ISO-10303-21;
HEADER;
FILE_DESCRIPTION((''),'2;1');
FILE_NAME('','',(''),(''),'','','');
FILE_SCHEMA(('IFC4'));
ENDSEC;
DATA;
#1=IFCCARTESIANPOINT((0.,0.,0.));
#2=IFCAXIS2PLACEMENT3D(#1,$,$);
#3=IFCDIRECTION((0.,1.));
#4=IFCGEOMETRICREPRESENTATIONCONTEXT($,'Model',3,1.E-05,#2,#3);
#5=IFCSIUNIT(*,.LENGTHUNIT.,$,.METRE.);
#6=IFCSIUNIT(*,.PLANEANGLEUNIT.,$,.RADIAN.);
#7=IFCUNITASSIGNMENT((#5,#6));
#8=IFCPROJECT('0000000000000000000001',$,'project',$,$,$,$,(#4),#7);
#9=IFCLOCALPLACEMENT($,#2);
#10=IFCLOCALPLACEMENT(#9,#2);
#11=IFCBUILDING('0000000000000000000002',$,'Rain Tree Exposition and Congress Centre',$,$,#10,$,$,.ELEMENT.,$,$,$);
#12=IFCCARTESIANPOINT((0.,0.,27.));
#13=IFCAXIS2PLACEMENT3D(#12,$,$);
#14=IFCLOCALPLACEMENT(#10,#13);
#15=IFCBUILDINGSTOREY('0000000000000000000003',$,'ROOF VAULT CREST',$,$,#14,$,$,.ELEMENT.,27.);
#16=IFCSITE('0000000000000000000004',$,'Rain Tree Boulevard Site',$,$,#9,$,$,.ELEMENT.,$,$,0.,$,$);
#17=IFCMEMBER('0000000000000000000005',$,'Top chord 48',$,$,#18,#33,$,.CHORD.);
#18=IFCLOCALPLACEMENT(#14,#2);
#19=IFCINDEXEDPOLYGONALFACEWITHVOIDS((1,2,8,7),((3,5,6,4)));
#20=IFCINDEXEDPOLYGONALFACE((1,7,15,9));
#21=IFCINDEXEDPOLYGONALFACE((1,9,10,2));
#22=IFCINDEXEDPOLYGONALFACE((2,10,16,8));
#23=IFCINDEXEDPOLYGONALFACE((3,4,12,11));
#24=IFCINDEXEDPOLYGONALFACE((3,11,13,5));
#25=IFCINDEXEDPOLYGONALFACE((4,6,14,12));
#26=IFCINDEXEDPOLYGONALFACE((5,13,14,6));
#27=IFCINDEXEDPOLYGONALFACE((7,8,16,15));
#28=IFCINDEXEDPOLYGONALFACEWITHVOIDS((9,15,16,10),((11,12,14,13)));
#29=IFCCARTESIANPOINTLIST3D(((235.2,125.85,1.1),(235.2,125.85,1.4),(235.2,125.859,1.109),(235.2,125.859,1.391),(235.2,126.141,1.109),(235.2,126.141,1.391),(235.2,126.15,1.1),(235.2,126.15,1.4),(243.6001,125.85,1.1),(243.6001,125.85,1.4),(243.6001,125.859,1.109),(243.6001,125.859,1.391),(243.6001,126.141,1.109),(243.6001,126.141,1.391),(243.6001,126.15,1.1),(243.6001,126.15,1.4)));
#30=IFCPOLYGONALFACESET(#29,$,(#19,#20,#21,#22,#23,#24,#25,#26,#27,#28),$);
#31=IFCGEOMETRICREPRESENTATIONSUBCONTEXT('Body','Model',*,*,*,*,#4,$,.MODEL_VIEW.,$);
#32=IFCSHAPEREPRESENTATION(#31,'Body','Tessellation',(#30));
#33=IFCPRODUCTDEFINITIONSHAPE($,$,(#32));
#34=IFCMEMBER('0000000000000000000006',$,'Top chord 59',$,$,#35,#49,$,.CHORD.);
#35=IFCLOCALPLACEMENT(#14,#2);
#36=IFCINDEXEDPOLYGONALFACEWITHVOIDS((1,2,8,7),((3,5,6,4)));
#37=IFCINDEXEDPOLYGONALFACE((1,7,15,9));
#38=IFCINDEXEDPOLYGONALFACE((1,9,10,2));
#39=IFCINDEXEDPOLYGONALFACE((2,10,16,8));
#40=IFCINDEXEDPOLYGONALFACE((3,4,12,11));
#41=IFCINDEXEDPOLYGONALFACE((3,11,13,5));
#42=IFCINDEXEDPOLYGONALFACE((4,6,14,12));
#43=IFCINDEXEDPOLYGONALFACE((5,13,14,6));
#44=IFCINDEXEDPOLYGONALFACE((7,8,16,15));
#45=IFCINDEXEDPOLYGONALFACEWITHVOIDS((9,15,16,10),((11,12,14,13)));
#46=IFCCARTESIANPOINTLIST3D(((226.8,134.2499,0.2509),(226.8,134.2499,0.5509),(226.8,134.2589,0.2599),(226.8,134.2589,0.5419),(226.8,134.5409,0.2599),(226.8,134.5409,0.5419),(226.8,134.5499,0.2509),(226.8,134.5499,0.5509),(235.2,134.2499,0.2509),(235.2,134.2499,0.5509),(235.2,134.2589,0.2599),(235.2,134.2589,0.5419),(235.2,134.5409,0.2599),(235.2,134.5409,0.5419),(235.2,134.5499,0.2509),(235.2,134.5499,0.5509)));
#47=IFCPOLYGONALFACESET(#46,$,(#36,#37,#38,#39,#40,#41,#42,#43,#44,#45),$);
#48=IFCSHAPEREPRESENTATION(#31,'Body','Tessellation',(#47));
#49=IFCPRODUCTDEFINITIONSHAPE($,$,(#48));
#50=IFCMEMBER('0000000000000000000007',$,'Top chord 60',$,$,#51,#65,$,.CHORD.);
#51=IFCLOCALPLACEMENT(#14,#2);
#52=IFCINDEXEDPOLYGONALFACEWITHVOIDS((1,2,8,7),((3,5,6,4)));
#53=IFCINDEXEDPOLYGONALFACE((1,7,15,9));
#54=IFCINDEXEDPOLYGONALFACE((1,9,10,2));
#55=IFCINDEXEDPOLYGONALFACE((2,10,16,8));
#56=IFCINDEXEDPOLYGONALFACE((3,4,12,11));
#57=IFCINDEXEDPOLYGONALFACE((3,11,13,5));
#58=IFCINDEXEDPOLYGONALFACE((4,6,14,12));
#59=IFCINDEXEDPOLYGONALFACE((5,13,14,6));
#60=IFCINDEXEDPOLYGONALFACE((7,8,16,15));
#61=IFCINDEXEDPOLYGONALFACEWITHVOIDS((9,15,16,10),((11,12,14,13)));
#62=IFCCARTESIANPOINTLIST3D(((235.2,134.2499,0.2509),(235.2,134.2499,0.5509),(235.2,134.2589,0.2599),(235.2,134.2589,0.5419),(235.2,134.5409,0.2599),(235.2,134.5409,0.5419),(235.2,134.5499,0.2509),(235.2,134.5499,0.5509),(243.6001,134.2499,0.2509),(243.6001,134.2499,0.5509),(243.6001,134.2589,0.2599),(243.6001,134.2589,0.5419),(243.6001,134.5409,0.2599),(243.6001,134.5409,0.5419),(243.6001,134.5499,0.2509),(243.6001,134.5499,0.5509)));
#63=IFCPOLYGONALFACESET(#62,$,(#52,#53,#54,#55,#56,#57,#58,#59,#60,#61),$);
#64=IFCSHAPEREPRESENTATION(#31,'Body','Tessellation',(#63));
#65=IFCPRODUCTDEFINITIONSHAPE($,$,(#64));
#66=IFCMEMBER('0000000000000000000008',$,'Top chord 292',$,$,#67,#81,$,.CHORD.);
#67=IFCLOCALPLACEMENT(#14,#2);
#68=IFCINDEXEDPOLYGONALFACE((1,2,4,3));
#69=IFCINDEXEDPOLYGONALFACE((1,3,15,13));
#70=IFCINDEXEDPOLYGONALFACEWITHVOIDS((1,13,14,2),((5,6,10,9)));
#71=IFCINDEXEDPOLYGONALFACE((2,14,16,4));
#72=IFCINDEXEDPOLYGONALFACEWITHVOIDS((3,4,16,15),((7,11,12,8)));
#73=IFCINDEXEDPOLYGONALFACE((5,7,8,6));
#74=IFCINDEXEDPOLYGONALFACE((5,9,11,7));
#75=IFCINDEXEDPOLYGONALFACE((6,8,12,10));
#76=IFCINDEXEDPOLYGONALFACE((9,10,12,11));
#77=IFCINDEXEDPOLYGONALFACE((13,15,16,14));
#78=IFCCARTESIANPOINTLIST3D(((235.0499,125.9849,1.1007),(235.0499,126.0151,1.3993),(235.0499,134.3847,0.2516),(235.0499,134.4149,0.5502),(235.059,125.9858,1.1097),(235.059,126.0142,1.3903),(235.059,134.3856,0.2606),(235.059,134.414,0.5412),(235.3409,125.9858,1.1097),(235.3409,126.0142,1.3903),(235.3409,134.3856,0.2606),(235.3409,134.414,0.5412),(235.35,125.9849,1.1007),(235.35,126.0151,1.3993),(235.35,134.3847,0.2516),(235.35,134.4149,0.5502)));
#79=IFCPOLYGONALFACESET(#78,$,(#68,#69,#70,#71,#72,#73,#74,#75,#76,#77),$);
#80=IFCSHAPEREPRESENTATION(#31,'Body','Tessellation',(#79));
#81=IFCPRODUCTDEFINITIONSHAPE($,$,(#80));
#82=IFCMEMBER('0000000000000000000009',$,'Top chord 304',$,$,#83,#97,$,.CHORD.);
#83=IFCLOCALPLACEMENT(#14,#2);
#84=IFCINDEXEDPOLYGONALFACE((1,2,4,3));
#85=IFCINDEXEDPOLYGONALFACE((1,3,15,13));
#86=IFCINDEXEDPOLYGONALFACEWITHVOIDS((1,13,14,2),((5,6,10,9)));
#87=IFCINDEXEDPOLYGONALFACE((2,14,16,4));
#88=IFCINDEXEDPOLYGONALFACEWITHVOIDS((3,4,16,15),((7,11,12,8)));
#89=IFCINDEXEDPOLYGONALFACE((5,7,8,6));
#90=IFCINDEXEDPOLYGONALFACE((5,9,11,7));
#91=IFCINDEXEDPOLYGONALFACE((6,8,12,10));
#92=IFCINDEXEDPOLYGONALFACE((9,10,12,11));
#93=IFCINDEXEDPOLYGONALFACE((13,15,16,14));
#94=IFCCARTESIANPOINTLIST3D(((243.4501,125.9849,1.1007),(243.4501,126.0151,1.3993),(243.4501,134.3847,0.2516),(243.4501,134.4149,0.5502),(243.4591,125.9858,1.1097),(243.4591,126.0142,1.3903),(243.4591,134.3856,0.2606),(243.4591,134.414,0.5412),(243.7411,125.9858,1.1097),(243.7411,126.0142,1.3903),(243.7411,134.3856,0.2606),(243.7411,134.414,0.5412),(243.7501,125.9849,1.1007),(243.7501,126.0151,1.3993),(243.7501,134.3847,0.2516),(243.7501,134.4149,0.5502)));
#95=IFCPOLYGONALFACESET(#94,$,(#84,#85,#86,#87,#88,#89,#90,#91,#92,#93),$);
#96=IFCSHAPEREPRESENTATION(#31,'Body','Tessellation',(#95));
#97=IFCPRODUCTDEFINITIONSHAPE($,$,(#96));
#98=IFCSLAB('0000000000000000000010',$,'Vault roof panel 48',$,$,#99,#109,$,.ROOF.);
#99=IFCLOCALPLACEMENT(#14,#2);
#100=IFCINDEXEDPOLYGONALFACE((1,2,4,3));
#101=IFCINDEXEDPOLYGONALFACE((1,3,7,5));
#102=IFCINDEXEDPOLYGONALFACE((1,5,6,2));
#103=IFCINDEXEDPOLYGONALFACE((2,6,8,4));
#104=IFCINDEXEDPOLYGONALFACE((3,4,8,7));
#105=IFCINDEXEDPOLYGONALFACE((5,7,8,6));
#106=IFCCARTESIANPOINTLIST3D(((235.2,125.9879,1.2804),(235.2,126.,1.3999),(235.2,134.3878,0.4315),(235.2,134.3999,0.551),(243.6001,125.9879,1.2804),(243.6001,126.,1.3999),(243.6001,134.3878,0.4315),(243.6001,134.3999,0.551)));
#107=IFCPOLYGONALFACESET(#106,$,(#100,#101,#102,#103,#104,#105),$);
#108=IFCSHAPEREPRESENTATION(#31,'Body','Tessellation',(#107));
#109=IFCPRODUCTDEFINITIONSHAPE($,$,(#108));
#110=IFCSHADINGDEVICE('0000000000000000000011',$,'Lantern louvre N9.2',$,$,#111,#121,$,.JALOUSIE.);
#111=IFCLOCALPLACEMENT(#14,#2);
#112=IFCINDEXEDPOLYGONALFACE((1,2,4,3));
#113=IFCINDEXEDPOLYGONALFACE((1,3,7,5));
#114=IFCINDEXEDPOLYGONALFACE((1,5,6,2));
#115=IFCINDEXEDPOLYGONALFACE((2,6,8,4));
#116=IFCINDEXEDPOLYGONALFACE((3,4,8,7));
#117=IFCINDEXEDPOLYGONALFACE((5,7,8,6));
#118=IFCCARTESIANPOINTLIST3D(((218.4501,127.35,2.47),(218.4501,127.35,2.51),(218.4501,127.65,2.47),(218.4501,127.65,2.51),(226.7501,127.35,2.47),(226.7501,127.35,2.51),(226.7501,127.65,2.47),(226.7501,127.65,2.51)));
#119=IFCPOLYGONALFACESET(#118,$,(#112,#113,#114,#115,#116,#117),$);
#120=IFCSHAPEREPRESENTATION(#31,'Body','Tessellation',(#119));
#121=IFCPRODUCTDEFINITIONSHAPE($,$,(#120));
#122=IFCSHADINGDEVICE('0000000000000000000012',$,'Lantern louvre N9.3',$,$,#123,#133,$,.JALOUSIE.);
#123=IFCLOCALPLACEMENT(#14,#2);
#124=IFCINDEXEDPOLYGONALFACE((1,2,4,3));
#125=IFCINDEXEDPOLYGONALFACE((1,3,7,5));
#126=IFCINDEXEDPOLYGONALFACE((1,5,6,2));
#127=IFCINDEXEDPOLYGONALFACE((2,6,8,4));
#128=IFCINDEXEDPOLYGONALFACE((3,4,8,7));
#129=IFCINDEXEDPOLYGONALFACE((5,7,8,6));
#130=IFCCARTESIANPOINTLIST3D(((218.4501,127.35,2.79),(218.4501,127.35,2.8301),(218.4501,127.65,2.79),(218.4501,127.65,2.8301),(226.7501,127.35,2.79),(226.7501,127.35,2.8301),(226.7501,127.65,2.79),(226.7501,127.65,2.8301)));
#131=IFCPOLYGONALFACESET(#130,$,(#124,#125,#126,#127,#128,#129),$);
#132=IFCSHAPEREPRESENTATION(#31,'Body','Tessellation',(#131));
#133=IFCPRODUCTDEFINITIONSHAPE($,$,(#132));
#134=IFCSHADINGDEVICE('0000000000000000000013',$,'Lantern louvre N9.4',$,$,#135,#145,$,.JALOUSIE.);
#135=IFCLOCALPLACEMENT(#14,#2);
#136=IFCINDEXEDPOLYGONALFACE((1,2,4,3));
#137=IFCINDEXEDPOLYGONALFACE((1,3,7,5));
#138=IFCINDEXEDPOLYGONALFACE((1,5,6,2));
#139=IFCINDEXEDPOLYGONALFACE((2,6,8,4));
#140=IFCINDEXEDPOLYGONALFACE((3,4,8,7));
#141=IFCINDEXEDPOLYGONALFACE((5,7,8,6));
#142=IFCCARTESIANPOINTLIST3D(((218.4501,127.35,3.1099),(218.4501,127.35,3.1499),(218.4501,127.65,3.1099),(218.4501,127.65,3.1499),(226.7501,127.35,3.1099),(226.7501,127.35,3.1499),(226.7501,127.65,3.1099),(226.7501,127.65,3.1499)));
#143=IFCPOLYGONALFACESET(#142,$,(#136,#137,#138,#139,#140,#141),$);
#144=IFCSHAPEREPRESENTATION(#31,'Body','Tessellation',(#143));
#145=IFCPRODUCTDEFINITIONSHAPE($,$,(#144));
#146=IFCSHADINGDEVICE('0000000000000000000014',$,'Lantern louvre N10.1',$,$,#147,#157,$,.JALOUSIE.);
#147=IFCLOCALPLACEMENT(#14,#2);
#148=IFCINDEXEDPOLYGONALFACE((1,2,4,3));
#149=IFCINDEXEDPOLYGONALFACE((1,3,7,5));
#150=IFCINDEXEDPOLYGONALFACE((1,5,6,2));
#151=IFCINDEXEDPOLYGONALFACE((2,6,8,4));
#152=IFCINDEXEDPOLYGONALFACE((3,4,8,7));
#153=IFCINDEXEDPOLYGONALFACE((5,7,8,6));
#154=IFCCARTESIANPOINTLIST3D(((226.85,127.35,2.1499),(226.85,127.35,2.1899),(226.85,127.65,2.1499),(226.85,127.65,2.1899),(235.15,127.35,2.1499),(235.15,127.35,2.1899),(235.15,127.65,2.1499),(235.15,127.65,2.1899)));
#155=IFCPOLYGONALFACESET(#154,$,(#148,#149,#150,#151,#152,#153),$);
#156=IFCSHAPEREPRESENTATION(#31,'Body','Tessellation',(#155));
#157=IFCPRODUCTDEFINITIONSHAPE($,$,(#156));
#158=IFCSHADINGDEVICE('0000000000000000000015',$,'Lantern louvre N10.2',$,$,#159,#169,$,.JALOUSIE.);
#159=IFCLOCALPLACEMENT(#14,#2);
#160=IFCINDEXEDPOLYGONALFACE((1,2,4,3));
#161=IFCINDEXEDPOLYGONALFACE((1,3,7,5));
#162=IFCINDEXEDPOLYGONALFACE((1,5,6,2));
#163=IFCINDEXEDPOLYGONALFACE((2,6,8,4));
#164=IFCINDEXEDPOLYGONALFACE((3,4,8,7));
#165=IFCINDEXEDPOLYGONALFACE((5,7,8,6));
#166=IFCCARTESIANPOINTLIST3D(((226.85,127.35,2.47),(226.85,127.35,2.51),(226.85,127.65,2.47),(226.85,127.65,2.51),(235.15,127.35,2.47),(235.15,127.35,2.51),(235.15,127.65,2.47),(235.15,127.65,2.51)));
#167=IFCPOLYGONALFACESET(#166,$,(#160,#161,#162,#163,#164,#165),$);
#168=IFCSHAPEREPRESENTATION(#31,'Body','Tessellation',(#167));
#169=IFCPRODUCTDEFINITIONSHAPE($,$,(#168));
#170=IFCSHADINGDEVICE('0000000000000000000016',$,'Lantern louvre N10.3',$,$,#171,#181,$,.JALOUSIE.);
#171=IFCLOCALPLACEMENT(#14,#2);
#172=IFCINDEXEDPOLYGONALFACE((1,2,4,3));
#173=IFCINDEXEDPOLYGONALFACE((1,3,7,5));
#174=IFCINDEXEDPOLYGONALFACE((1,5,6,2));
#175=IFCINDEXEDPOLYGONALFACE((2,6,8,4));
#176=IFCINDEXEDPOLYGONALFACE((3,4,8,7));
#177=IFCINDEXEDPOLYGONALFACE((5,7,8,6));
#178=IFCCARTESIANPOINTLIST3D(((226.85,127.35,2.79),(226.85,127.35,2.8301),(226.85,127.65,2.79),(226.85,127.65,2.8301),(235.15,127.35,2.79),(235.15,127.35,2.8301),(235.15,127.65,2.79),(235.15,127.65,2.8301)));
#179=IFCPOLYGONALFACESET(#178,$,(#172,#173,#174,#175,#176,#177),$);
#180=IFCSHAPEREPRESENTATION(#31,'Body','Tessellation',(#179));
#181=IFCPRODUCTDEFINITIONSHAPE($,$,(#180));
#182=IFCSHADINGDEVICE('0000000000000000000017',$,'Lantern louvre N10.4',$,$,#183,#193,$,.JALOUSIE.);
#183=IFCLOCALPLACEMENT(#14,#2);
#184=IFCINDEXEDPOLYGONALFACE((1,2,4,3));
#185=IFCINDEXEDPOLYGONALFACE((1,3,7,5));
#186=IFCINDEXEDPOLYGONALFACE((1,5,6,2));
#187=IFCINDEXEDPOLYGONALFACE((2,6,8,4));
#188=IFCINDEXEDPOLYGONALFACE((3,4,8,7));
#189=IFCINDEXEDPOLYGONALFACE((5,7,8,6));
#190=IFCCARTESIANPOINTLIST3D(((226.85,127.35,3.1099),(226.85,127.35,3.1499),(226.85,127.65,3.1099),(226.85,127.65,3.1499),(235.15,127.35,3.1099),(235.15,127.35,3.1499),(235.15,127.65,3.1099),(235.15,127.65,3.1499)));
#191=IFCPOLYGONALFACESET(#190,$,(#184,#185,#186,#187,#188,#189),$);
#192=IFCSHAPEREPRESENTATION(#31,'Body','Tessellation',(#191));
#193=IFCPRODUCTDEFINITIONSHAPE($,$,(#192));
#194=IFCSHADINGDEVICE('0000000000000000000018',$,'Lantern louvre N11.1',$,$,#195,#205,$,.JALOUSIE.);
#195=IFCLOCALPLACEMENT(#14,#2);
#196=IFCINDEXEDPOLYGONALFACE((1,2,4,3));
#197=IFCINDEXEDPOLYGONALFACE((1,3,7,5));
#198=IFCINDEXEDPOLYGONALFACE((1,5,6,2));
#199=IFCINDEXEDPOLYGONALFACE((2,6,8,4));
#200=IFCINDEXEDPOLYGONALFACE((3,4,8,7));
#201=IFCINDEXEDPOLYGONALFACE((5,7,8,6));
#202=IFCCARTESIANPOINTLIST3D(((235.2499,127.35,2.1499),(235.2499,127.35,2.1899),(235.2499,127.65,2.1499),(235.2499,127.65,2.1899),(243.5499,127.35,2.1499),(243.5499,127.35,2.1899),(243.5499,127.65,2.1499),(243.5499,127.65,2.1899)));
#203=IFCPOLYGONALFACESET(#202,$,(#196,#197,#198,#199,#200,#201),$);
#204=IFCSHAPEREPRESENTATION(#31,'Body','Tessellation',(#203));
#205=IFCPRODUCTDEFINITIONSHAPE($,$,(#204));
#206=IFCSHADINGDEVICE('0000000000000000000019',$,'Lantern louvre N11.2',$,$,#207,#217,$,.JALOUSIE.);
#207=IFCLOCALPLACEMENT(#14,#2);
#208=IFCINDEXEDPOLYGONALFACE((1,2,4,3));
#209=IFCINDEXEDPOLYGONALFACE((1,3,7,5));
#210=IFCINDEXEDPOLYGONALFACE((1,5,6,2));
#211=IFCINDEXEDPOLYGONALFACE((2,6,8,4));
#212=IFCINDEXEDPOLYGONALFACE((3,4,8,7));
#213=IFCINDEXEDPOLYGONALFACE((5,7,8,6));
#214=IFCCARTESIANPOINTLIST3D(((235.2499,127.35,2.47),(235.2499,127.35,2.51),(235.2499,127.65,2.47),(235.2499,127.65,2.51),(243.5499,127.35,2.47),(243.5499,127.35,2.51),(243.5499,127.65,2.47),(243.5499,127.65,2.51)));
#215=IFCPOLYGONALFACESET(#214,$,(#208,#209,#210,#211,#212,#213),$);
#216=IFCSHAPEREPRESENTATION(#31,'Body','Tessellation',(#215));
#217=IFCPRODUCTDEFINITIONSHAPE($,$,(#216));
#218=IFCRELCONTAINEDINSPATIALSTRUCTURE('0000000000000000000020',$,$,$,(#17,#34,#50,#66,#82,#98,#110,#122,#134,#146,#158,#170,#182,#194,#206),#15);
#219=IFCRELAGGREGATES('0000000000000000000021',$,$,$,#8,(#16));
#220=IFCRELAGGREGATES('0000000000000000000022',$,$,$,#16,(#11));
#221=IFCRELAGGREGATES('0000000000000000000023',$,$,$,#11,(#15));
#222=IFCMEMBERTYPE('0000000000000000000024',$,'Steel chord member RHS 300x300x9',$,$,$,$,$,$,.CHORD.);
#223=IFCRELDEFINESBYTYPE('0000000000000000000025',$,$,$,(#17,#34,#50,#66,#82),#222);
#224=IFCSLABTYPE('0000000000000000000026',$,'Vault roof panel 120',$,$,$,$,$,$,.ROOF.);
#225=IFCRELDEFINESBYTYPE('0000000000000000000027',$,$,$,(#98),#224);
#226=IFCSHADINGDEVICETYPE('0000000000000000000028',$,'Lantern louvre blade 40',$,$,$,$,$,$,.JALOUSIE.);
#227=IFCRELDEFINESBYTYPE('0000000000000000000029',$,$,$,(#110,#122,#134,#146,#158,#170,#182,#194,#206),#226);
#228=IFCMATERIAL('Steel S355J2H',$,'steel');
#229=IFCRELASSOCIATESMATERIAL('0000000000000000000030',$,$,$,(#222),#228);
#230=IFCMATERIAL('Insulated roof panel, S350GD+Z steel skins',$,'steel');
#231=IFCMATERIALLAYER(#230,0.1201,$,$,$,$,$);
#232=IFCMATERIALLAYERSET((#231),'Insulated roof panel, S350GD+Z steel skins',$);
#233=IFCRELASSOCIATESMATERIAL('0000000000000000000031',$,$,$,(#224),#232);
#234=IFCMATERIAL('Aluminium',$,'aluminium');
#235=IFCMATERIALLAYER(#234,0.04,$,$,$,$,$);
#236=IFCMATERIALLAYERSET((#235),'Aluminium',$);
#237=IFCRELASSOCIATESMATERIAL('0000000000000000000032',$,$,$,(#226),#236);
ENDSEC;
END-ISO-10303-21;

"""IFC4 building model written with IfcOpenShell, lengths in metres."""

from ifc_helpers import new_model, si_unit, direction, frame, origin, origin_2d, place, context, subcontext, project, spatial, polyline, rectangle, hollow_rectangle, outline, extrude, material, layer, layer_set, material_profile, profile_set, type_object, element, save


model = new_model("IFC4")

# Units and contexts
model_context = context("Model", 3, precision=1e-05, world=origin(), true_north=direction((0.0, 1.0)))
body_context = subcontext(model_context, "Body", "Model", "MODEL_VIEW")
ifc_project = project(units=[si_unit("LENGTHUNIT", "METRE"), si_unit("PLANEANGLEUNIT", "RADIAN")], contexts=[model_context])

# Site, building, storey
site_placement = place(None, origin())
site = spatial("IfcSite", under=ifc_project, at=site_placement, Name="Rain Tree Boulevard Site", CompositionType="ELEMENT", RefElevation=0.0)
building_placement = place(site_placement, origin())
building = spatial("IfcBuilding", under=site, at=building_placement, Name="Rain Tree Exposition and Congress Centre", CompositionType="ELEMENT")
storey_placement = place(building_placement, frame((0.0, 0.0, 27.0)))
storey = spatial("IfcBuildingStorey", under=building, at=storey_placement, Name="ROOF VAULT CREST", CompositionType="ELEMENT", Elevation=27.0)

# Members
ifc_material_1 = material(Name="Steel S355J2H", Category="steel")
ifc_material_profile_1 = material_profile(ifc_material_1, hollow_rectangle(XDim=0.3, YDim=0.3, WallThickness=0.009, at=origin_2d()), Name="RHS 300x300x9")
ifc_profile_set_1 = profile_set([ifc_material_profile_1], Name="Steel S355J2H")
member_type = type_object("IfcMemberType", Name="Steel chord member RHS 300x300x9", PredefinedType="CHORD", material=ifc_profile_set_1)
member_1_placement = place(storey_placement, frame((235.2, 126.0, 1.25), z_axis=(1.0, 0.0, 0.0), x_axis=(0.0, 1.0, 0.0)))
element("IfcMember", 1, at=member_1_placement, inside=storey, type_object=member_type, Name="Top chord 48", PredefinedType="CHORD", context=body_context, shape_type="SweptSolid", body=[
    extrude(hollow_rectangle(XDim=0.3, YDim=0.3, WallThickness=0.009, at=origin_2d()), origin(), (0.0, 0.0, 1.0), 8.4001),
])
member_2_placement = place(storey_placement, frame((226.8, 134.3999, 0.4009), z_axis=(1.0, 0.0, 0.0), x_axis=(0.0, 1.0, 0.0)))
element("IfcMember", 2, at=member_2_placement, inside=storey, type_object=member_type, Name="Top chord 59", PredefinedType="CHORD", context=body_context, shape_type="SweptSolid", body=[
    extrude(hollow_rectangle(XDim=0.3, YDim=0.3, WallThickness=0.009, at=origin_2d()), origin(), (0.0, 0.0, 1.0), 8.3999),
])
member_3_placement = place(storey_placement, frame((235.2, 134.3999, 0.4009), z_axis=(1.0, 0.0, 0.0), x_axis=(0.0, 1.0, 0.0)))
element("IfcMember", 3, at=member_3_placement, inside=storey, type_object=member_type, Name="Top chord 60", PredefinedType="CHORD", context=body_context, shape_type="SweptSolid", body=[
    extrude(hollow_rectangle(XDim=0.3, YDim=0.3, WallThickness=0.009, at=origin_2d()), origin(), (0.0, 0.0, 1.0), 8.4001),
])
for number, where, z_axis, x_axis, name in (
    (4, (235.2, 126.0, 1.25), (0.0, 0.99493, -0.100574), (-1.0, 0.0, 0.0), "Top chord 292"),
    (5, (243.6001, 126.0, 1.25), (0.0, 0.99493, -0.100574), (-1.0, 0.0, 0.0), "Top chord 304"),
):
    element("IfcMember", number, at=place(storey_placement, frame(where, z_axis=z_axis, x_axis=x_axis)), inside=storey, type_object=member_type, Name=name, PredefinedType="CHORD", context=body_context, shape_type="SweptSolid", body=[
        extrude(hollow_rectangle(XDim=0.3, YDim=0.3, WallThickness=0.009, at=origin_2d()), origin(), (0.0, 0.0, 1.0), 8.4426),
    ])

# Slab
ifc_material_2 = material(Name="Insulated roof panel, S350GD+Z steel skins", Category="steel")
ifc_layer_1 = layer(ifc_material_2, 0.1201)
ifc_layer_set_1 = layer_set([ifc_layer_1], Name="Insulated roof panel, S350GD+Z steel skins")
slab_type = type_object("IfcSlabType", Name="Vault roof panel 120", PredefinedType="ROOF", material=ifc_layer_set_1)
slab_placement = place(storey_placement, frame((235.2, 126.0, 1.3999), z_axis=(0.0, 0.100546, 0.994932), x_axis=(1.0, 0.0, 0.0)))
element("IfcSlab", 6, at=slab_placement, inside=storey, type_object=slab_type, Name="Vault roof panel 48", PredefinedType="ROOF", context=body_context, shape_type="SweptSolid", body=[
    extrude(outline(polyline([(0.0, 0.0), (8.4001, 0.0), (8.4001, 8.4427), (0.0, 8.4427), (0.0, 0.0)])), origin(), (0.0, 0.0, -1.0), 0.1201),
])

# Shading devices
ifc_material_3 = material(Name="Aluminium", Category="aluminium")
ifc_layer_2 = layer(ifc_material_3, 0.04)
ifc_layer_set_2 = layer_set([ifc_layer_2], Name="Aluminium")
shading_device_type = type_object("IfcShadingDeviceType", Name="Lantern louvre blade 40", PredefinedType="JALOUSIE", material=ifc_layer_set_2)
for number, where, z_axis, x_axis, name in (
    (7, (222.6001, 127.5, 2.47), (0.0, 0.0, 1.0), (1.0, 0.0, 0.0), "Lantern louvre N9.2"),
    (8, (222.6001, 127.5, 2.79), (0.0, 0.0, 1.0), (1.0, 0.0, 0.0), "Lantern louvre N9.3"),
    (9, (222.6001, 127.5, 3.1099), (0.0, 0.0, 1.0), (1.0, 0.0, 0.0), "Lantern louvre N9.4"),
    (10, (231.0, 127.5, 2.1499), (0.0, 0.0, 1.0), (1.0, 0.0, 0.0), "Lantern louvre N10.1"),
    (11, (231.0, 127.5, 2.47), (0.0, 0.0, 1.0), (1.0, 0.0, 0.0), "Lantern louvre N10.2"),
    (12, (231.0, 127.5, 2.79), (0.0, 0.0, 1.0), (1.0, 0.0, 0.0), "Lantern louvre N10.3"),
    (13, (231.0, 127.5, 3.1099), (0.0, 0.0, 1.0), (1.0, 0.0, 0.0), "Lantern louvre N10.4"),
    (14, (239.3999, 127.5, 2.1499), (0.0, 0.0, 1.0), (1.0, 0.0, 0.0), "Lantern louvre N11.1"),
    (15, (239.3999, 127.5, 2.47), (0.0, 0.0, 1.0), (1.0, 0.0, 0.0), "Lantern louvre N11.2"),
):
    element("IfcShadingDevice", number, at=place(storey_placement, frame(where, z_axis=z_axis, x_axis=x_axis)), inside=storey, type_object=shading_device_type, Name=name, PredefinedType="JALOUSIE", context=body_context, shape_type="SweptSolid", body=[
        extrude(rectangle(XDim=8.3, YDim=0.3, at=origin_2d()), origin(), (0.0, 0.0, 1.0), 0.04),
    ])

save(model, "model.ifc")
